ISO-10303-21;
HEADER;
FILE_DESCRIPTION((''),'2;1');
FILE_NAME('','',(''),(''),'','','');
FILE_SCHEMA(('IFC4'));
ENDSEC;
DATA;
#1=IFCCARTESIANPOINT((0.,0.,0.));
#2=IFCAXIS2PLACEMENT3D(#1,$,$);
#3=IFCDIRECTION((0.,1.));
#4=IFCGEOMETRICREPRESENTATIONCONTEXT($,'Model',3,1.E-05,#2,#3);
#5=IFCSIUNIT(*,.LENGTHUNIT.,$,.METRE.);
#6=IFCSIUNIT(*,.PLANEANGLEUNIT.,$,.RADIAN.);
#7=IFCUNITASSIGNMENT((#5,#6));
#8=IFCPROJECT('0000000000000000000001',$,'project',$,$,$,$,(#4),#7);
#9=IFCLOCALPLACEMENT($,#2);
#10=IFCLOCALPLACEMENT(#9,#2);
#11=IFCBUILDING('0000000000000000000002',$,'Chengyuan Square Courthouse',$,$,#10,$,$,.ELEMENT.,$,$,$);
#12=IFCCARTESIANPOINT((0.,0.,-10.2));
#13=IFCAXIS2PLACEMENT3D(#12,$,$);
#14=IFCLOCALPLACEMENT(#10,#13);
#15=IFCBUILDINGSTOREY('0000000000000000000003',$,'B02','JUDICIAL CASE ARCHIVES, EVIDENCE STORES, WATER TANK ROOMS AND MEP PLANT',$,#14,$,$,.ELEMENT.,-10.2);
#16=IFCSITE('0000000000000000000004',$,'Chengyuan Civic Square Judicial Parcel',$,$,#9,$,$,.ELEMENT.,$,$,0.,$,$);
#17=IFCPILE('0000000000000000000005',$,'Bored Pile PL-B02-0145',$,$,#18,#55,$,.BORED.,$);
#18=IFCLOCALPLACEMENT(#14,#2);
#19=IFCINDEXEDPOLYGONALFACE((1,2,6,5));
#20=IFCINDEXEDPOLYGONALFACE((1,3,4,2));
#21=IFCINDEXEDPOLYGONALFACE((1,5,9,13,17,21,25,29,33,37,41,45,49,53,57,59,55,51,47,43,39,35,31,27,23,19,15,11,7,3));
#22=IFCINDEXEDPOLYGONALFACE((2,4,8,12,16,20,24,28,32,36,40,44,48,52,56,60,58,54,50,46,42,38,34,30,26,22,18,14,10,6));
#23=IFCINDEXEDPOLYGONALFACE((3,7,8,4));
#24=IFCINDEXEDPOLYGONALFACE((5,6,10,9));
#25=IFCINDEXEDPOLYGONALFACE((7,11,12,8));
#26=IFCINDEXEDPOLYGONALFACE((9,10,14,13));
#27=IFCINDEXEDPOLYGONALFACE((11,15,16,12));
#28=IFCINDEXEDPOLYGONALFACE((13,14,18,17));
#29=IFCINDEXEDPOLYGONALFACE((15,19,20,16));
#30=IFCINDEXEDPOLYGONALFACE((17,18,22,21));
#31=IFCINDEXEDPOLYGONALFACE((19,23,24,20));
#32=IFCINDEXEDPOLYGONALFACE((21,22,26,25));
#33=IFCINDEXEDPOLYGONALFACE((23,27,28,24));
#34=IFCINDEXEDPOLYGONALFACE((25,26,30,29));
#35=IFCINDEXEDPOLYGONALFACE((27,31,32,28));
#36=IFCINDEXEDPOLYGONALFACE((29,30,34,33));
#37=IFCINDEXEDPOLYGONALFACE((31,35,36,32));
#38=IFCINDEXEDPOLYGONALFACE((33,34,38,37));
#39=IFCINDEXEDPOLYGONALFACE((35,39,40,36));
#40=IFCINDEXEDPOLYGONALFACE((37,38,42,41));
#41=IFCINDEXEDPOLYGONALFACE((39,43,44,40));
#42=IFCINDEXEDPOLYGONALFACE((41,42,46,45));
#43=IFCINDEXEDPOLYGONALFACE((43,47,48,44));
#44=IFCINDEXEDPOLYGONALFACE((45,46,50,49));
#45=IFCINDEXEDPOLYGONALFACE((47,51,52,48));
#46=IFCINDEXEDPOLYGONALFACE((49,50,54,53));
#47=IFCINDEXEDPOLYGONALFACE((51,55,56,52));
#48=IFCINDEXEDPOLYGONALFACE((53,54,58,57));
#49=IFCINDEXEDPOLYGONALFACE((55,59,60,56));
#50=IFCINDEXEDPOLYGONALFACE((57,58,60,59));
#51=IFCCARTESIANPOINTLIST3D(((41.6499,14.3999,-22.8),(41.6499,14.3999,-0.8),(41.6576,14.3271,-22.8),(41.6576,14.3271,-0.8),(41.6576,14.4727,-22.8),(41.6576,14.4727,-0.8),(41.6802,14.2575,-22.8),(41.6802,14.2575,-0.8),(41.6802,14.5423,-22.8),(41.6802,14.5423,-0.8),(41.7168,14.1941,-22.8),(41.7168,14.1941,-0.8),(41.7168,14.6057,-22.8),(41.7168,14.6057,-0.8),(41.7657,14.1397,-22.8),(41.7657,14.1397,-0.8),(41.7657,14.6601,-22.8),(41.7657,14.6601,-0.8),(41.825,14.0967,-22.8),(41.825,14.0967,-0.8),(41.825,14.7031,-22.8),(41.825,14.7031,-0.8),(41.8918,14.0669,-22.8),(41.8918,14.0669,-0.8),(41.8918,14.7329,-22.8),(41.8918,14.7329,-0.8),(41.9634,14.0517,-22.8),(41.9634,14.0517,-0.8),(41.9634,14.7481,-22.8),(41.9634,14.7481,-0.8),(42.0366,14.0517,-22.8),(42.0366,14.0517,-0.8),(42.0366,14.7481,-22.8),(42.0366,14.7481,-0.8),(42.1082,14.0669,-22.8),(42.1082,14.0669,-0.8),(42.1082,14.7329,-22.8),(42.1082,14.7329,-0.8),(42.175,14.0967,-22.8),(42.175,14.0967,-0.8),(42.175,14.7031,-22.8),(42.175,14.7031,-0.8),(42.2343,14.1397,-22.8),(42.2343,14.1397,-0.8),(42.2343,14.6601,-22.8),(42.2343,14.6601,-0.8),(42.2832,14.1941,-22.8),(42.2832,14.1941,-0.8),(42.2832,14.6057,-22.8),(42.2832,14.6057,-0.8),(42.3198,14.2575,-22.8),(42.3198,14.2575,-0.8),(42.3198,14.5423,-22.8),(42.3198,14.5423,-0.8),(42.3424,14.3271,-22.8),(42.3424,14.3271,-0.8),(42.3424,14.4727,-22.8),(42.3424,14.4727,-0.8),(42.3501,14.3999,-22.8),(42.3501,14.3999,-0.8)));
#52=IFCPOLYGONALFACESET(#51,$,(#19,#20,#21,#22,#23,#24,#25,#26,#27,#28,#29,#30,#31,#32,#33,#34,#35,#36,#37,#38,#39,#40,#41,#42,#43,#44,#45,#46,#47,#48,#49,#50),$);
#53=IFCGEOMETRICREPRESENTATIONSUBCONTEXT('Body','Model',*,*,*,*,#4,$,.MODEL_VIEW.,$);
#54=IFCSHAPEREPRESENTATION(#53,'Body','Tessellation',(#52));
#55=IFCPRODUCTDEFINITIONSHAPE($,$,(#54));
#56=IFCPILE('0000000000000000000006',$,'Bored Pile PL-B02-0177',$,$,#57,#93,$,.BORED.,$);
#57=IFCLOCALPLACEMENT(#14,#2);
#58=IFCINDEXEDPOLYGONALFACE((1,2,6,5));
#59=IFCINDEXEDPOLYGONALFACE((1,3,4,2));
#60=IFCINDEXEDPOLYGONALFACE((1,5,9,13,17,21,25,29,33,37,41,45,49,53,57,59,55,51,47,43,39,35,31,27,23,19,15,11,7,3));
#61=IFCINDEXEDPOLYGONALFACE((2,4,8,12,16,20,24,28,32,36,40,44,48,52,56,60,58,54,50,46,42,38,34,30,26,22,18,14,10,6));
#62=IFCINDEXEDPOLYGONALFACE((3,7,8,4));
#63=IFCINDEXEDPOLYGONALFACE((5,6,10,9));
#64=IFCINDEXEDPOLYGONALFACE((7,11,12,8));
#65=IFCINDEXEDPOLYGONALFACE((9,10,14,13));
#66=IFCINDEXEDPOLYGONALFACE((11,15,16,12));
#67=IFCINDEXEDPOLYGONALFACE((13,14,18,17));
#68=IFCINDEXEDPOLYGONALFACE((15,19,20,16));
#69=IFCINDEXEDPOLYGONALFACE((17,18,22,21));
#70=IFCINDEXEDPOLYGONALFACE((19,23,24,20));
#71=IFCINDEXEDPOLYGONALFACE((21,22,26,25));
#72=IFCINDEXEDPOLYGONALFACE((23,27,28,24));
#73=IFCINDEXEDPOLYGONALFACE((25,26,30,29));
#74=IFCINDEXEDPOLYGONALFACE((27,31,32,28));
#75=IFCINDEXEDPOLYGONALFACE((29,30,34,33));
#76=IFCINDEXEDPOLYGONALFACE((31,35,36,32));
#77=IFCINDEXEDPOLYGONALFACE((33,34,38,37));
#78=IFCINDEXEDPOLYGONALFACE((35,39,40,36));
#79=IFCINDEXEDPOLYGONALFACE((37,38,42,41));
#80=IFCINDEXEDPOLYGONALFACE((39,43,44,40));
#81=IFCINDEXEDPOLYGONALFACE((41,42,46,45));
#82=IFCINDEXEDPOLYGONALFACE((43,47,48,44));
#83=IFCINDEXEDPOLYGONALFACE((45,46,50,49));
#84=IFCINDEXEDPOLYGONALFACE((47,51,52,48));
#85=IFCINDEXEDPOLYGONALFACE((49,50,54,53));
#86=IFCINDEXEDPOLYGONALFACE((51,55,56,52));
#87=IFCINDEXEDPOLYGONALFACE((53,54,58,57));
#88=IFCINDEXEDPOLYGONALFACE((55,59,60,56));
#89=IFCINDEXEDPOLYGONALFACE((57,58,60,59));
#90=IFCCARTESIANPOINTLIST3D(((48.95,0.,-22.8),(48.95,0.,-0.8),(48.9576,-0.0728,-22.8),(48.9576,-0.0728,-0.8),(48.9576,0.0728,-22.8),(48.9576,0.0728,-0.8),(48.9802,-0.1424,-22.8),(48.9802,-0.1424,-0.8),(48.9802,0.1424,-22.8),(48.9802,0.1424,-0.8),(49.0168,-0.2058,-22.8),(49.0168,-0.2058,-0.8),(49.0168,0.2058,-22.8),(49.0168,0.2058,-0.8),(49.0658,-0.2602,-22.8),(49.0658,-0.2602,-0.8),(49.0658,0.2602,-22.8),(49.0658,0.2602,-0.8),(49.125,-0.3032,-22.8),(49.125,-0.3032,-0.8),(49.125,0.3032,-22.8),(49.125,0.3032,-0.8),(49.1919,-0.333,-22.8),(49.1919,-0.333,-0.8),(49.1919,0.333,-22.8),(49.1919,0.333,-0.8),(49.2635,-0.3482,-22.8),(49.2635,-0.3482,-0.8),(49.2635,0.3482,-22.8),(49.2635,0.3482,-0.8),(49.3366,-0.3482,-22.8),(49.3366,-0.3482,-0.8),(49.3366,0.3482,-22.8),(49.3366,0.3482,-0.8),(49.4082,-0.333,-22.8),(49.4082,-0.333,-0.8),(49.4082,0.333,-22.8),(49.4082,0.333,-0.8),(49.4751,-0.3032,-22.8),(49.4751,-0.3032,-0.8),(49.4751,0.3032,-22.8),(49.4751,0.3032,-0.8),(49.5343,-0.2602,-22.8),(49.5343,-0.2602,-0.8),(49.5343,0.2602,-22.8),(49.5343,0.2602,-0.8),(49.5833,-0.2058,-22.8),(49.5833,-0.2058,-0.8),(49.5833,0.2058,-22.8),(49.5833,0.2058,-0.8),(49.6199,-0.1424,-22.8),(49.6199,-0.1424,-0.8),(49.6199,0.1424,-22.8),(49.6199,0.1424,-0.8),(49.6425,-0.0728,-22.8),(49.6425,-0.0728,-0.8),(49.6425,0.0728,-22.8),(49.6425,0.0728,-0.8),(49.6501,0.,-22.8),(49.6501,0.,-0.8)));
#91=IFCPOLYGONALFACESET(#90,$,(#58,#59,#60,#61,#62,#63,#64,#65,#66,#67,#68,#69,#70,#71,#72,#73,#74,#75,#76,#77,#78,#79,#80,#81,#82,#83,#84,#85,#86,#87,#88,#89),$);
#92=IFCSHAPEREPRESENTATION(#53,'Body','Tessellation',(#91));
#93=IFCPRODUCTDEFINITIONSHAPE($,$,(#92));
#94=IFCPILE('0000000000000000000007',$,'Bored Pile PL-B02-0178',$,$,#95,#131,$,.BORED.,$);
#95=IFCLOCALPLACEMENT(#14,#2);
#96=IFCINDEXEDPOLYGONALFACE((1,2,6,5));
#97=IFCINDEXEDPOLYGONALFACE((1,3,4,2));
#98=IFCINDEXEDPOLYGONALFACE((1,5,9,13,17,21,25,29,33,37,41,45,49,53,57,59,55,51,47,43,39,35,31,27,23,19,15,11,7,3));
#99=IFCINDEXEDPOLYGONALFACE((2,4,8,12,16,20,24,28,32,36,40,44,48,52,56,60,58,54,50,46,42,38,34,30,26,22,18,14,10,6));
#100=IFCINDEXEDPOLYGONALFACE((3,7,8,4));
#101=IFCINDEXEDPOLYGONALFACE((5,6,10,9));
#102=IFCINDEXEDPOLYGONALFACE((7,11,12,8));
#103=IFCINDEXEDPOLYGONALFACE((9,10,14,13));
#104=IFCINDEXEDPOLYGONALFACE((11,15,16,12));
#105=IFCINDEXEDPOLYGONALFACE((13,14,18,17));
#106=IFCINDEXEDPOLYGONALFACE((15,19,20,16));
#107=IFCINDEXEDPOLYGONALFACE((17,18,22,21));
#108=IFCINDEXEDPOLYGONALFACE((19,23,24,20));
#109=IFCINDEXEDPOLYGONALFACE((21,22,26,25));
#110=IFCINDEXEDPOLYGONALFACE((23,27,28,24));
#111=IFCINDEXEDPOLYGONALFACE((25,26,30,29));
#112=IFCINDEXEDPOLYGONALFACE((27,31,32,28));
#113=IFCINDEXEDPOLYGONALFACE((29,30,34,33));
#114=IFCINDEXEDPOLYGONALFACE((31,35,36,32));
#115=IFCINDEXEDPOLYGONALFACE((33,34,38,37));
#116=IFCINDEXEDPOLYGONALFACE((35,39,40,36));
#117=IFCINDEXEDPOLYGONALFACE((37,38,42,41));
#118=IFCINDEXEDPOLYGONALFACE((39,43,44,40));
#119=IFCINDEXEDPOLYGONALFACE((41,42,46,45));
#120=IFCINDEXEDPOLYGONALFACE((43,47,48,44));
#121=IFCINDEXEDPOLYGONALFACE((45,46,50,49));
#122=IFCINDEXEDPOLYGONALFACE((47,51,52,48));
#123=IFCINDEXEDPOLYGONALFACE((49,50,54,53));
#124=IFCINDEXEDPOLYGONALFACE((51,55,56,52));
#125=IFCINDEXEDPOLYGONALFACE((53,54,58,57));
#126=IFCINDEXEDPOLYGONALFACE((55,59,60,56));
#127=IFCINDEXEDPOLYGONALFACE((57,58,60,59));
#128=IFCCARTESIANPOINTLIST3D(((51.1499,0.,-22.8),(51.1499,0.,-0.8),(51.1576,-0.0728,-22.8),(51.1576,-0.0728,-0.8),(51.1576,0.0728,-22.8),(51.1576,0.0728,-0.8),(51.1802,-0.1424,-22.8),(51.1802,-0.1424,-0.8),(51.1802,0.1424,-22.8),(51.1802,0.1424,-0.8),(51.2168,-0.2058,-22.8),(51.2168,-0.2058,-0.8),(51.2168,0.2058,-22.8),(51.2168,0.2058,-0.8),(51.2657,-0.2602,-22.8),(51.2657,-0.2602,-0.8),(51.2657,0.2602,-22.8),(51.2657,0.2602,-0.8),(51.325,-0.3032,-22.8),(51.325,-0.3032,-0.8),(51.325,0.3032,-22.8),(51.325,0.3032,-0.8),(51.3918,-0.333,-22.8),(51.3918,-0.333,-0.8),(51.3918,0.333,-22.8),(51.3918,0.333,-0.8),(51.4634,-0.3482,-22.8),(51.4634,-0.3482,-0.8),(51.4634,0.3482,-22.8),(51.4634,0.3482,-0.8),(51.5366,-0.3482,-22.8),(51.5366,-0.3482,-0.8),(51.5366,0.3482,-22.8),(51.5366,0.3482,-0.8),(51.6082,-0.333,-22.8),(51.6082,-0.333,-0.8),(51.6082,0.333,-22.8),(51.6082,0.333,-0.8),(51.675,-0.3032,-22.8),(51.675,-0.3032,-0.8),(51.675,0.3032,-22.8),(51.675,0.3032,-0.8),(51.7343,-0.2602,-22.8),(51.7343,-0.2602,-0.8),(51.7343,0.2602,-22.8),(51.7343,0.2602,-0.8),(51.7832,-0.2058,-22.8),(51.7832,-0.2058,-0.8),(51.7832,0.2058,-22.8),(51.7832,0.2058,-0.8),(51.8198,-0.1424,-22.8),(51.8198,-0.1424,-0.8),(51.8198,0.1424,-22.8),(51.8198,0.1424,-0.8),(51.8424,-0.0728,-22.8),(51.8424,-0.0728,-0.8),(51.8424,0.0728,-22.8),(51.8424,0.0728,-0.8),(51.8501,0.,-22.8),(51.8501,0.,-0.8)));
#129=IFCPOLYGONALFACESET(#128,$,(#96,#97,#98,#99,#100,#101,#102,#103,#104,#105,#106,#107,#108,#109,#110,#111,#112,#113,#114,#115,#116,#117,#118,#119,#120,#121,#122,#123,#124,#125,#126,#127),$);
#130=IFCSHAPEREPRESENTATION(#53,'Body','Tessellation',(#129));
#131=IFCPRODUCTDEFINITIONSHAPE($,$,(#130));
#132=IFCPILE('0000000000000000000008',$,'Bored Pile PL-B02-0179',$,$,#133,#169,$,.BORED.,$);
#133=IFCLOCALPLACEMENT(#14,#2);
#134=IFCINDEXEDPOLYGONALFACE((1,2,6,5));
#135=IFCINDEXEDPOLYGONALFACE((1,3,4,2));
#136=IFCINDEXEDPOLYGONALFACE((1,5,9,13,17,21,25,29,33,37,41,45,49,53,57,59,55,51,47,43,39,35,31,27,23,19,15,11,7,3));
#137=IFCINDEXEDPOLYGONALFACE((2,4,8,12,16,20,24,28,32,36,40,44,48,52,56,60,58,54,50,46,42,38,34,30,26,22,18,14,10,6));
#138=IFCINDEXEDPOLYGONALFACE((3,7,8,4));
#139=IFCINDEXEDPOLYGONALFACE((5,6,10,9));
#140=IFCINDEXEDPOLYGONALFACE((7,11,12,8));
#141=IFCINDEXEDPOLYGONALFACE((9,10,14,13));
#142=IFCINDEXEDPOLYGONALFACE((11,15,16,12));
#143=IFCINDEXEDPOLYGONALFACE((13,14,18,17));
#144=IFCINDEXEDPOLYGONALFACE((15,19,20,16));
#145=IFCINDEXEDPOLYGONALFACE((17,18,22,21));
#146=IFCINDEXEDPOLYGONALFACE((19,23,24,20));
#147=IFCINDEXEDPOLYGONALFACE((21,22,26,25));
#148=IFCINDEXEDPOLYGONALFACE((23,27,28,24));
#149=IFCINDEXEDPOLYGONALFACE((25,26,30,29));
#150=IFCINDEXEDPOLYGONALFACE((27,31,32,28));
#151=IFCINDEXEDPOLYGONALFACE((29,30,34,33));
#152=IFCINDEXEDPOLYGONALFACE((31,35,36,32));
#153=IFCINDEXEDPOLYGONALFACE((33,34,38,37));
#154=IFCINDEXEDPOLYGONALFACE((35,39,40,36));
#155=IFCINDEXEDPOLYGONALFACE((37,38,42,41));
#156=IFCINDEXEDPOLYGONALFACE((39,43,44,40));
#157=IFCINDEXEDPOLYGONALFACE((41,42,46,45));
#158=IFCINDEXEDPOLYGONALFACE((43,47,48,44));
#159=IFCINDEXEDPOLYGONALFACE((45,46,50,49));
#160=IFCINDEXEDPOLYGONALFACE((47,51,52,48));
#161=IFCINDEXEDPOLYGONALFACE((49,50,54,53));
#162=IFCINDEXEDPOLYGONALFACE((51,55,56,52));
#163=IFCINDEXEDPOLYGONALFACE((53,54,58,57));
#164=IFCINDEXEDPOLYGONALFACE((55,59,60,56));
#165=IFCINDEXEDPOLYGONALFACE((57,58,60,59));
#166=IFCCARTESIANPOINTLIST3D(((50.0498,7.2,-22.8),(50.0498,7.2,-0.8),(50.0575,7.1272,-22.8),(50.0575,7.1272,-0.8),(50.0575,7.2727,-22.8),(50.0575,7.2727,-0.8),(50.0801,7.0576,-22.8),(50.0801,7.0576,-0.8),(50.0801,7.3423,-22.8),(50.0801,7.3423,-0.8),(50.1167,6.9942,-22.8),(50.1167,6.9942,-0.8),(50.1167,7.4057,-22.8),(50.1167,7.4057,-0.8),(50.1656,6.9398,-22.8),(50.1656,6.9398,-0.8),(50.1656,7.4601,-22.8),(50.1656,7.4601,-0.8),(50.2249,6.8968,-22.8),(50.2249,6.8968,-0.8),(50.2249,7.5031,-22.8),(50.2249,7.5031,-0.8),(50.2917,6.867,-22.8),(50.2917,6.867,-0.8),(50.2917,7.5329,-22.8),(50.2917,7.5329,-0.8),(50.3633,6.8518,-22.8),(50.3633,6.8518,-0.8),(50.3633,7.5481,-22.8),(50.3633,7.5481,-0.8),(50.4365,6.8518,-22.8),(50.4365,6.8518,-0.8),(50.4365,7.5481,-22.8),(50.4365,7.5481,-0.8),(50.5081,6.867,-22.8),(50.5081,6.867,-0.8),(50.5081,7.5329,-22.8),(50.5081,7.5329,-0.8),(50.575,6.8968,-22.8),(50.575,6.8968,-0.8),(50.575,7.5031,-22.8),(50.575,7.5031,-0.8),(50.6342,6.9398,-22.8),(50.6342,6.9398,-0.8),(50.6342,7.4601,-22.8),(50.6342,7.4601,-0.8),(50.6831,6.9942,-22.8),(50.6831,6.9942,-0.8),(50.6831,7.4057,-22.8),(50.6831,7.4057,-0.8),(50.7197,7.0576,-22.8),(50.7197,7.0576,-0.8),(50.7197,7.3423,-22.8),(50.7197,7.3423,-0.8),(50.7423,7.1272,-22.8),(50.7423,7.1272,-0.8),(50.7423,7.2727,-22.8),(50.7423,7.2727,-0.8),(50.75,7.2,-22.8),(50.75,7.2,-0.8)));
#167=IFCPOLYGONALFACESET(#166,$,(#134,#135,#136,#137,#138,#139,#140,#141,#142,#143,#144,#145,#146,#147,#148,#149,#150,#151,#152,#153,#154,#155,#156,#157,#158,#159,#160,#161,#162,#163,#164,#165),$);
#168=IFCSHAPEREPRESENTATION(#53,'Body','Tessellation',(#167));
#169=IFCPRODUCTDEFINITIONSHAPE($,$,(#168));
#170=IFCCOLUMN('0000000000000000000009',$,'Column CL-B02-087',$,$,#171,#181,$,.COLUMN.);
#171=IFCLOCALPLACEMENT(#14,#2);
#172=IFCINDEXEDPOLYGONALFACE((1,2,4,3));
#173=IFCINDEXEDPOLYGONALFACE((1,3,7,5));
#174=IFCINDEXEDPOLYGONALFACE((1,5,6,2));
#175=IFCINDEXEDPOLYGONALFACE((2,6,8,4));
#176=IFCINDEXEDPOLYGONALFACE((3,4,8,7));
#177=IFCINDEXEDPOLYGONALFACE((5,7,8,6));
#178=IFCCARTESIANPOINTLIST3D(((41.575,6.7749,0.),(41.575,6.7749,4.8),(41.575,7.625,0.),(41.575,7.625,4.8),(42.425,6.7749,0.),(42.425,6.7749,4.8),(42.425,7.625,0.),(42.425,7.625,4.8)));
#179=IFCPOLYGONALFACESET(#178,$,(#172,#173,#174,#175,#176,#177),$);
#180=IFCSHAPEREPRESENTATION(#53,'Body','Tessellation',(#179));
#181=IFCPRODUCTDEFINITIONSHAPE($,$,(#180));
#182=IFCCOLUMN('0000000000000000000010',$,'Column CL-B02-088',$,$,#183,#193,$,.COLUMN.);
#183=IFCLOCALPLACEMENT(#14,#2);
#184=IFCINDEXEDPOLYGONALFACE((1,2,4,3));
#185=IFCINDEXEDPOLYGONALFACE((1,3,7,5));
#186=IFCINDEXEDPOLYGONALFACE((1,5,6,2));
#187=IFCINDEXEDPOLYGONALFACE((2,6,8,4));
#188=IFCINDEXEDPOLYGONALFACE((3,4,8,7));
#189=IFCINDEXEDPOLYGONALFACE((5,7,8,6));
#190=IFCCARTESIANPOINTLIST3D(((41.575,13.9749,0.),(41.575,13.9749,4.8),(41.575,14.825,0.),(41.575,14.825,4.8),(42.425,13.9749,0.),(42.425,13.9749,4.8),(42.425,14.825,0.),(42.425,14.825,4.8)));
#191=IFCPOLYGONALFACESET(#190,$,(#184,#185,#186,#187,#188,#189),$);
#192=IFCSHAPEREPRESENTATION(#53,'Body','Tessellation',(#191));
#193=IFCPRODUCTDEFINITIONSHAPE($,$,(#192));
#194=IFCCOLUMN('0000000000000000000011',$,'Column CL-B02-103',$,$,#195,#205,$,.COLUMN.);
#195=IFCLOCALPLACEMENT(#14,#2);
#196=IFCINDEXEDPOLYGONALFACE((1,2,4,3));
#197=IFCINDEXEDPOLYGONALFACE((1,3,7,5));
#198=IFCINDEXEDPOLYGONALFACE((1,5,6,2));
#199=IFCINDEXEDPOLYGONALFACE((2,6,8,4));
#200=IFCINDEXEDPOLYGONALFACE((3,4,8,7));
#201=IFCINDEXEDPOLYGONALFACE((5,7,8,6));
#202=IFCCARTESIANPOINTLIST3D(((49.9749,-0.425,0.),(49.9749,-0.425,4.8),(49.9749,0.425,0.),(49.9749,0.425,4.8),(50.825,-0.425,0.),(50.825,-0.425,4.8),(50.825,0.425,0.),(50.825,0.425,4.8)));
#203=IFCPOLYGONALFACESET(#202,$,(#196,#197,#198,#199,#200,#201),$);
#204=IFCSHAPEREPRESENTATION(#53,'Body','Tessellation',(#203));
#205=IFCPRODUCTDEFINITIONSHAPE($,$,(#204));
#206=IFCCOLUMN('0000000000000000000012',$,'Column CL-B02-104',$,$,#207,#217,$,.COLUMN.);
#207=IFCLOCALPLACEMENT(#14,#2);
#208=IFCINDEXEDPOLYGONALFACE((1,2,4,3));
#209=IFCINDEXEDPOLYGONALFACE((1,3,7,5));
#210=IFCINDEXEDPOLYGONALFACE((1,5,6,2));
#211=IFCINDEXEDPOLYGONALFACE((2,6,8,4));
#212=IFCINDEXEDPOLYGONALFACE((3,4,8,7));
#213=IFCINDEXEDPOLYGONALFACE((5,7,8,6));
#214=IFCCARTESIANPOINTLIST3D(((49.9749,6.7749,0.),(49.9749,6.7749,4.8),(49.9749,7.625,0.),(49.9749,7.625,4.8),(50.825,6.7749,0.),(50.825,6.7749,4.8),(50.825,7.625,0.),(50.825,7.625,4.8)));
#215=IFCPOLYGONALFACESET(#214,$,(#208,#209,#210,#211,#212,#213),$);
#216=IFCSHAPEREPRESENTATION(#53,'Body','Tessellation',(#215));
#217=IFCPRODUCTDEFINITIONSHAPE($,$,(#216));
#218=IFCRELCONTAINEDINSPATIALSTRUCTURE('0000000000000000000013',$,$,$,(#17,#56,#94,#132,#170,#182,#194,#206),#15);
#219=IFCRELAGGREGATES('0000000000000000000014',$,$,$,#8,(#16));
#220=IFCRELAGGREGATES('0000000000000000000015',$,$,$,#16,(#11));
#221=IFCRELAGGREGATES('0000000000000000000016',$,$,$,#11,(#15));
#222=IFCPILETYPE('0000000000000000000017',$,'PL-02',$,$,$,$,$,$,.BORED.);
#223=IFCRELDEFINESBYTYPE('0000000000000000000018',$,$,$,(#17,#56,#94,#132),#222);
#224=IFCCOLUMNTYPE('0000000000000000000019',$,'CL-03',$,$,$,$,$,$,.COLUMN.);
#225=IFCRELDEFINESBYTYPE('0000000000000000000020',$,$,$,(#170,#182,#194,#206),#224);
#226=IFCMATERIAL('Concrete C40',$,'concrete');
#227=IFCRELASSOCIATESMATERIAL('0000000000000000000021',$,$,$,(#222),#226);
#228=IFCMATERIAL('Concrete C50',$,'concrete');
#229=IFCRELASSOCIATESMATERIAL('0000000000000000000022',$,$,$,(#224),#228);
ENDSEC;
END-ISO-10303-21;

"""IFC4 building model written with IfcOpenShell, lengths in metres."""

from ifc_helpers import new_model, si_unit, direction, frame, origin, origin_2d, place, context, subcontext, project, spatial, rectangle, circle, extrude, material, material_profile, profile_set, type_object, element, save


model = new_model("IFC4")

# Units and contexts
model_context = context("Model", 3, precision=1e-05, world=origin(), true_north=direction((0.0, 1.0)))
body_context = subcontext(model_context, "Body", "Model", "MODEL_VIEW")
ifc_project = project(units=[si_unit("LENGTHUNIT", "METRE"), si_unit("PLANEANGLEUNIT", "RADIAN")], contexts=[model_context])

# Site, building, storey
site_placement = place(None, origin())
site = spatial("IfcSite", under=ifc_project, at=site_placement, Name="Chengyuan Civic Square Judicial Parcel", CompositionType="ELEMENT", RefElevation=0.0)
building_placement = place(site_placement, origin())
building = spatial("IfcBuilding", under=site, at=building_placement, Name="Chengyuan Square Courthouse", CompositionType="ELEMENT")
storey_placement = place(building_placement, frame((0.0, 0.0, -10.2)))
storey = spatial("IfcBuildingStorey", under=building, at=storey_placement, Name="B02", Description="JUDICIAL CASE ARCHIVES, EVIDENCE STORES, WATER TANK ROOMS AND MEP PLANT", CompositionType="ELEMENT", Elevation=-10.2)

# Shared definitions
ifc_material_1 = material(Name="Concrete C40", Category="concrete")

# Piles
ifc_material_profile_1 = material_profile(ifc_material_1, circle(Radius=0.3501, at=origin_2d()), Name="BORED PILE D700")
ifc_profile_set_1 = profile_set([ifc_material_profile_1], Name="Concrete C40")
pile_type = type_object("IfcPileType", Name="PL-02", PredefinedType="BORED", material=ifc_profile_set_1)
for number, where, z_axis, x_axis, name in (
    (1, (42.0, 14.3999, -0.8), (0.0, 0.0, -1.0), (1.0, 0.0, 0.0), "Bored Pile PL-B02-0145"),
    (2, (49.3, 0.0, -0.8), (0.0, 0.0, -1.0), (1.0, 0.0, 0.0), "Bored Pile PL-B02-0177"),
    (3, (51.5, 0.0, -0.8), (0.0, 0.0, -1.0), (1.0, 0.0, 0.0), "Bored Pile PL-B02-0178"),
    (4, (50.3999, 7.2, -0.8), (0.0, 0.0, -1.0), (1.0, 0.0, 0.0), "Bored Pile PL-B02-0179"),
):
    element("IfcPile", number, at=place(storey_placement, frame(where, z_axis=z_axis, x_axis=x_axis)), inside=storey, type_object=pile_type, Name=name, PredefinedType="BORED", context=body_context, shape_type="SweptSolid", body=[
        extrude(circle(Radius=0.3501, at=origin_2d()), origin(), (0.0, 0.0, 1.0), 22.0),
    ])

# Columns
ifc_material_2 = material(Name="Concrete C50", Category="concrete")
ifc_material_profile_2 = material_profile(ifc_material_2, rectangle(XDim=0.8501, YDim=0.8501, at=origin_2d()), Name="RC-COL-850x850")
ifc_profile_set_2 = profile_set([ifc_material_profile_2], Name="Concrete C50")
column_type = type_object("IfcColumnType", Name="CL-03", PredefinedType="COLUMN", material=ifc_profile_set_2)
for number, where, z_axis, x_axis, name in (
    (5, (42.0, 7.2, 0.0), (0.0, 0.0, 1.0), (1.0, 0.0, 0.0), "Column CL-B02-087"),
    (6, (42.0, 14.3999, 0.0), (0.0, 0.0, 1.0), (1.0, 0.0, 0.0), "Column CL-B02-088"),
    (7, (50.3999, 0.0, 0.0), (0.0, 0.0, 1.0), (1.0, 0.0, 0.0), "Column CL-B02-103"),
    (8, (50.3999, 7.2, 0.0), (0.0, 0.0, 1.0), (1.0, 0.0, 0.0), "Column CL-B02-104"),
):
    element("IfcColumn", number, at=place(storey_placement, frame(where, z_axis=z_axis, x_axis=x_axis)), inside=storey, type_object=column_type, Name=name, PredefinedType="COLUMN", context=body_context, shape_type="SweptSolid", body=[
        extrude(rectangle(XDim=0.8501, YDim=0.8501, at=origin_2d()), origin(), (0.0, 0.0, 1.0), 4.8),
    ])

save(model, "model.ifc")
